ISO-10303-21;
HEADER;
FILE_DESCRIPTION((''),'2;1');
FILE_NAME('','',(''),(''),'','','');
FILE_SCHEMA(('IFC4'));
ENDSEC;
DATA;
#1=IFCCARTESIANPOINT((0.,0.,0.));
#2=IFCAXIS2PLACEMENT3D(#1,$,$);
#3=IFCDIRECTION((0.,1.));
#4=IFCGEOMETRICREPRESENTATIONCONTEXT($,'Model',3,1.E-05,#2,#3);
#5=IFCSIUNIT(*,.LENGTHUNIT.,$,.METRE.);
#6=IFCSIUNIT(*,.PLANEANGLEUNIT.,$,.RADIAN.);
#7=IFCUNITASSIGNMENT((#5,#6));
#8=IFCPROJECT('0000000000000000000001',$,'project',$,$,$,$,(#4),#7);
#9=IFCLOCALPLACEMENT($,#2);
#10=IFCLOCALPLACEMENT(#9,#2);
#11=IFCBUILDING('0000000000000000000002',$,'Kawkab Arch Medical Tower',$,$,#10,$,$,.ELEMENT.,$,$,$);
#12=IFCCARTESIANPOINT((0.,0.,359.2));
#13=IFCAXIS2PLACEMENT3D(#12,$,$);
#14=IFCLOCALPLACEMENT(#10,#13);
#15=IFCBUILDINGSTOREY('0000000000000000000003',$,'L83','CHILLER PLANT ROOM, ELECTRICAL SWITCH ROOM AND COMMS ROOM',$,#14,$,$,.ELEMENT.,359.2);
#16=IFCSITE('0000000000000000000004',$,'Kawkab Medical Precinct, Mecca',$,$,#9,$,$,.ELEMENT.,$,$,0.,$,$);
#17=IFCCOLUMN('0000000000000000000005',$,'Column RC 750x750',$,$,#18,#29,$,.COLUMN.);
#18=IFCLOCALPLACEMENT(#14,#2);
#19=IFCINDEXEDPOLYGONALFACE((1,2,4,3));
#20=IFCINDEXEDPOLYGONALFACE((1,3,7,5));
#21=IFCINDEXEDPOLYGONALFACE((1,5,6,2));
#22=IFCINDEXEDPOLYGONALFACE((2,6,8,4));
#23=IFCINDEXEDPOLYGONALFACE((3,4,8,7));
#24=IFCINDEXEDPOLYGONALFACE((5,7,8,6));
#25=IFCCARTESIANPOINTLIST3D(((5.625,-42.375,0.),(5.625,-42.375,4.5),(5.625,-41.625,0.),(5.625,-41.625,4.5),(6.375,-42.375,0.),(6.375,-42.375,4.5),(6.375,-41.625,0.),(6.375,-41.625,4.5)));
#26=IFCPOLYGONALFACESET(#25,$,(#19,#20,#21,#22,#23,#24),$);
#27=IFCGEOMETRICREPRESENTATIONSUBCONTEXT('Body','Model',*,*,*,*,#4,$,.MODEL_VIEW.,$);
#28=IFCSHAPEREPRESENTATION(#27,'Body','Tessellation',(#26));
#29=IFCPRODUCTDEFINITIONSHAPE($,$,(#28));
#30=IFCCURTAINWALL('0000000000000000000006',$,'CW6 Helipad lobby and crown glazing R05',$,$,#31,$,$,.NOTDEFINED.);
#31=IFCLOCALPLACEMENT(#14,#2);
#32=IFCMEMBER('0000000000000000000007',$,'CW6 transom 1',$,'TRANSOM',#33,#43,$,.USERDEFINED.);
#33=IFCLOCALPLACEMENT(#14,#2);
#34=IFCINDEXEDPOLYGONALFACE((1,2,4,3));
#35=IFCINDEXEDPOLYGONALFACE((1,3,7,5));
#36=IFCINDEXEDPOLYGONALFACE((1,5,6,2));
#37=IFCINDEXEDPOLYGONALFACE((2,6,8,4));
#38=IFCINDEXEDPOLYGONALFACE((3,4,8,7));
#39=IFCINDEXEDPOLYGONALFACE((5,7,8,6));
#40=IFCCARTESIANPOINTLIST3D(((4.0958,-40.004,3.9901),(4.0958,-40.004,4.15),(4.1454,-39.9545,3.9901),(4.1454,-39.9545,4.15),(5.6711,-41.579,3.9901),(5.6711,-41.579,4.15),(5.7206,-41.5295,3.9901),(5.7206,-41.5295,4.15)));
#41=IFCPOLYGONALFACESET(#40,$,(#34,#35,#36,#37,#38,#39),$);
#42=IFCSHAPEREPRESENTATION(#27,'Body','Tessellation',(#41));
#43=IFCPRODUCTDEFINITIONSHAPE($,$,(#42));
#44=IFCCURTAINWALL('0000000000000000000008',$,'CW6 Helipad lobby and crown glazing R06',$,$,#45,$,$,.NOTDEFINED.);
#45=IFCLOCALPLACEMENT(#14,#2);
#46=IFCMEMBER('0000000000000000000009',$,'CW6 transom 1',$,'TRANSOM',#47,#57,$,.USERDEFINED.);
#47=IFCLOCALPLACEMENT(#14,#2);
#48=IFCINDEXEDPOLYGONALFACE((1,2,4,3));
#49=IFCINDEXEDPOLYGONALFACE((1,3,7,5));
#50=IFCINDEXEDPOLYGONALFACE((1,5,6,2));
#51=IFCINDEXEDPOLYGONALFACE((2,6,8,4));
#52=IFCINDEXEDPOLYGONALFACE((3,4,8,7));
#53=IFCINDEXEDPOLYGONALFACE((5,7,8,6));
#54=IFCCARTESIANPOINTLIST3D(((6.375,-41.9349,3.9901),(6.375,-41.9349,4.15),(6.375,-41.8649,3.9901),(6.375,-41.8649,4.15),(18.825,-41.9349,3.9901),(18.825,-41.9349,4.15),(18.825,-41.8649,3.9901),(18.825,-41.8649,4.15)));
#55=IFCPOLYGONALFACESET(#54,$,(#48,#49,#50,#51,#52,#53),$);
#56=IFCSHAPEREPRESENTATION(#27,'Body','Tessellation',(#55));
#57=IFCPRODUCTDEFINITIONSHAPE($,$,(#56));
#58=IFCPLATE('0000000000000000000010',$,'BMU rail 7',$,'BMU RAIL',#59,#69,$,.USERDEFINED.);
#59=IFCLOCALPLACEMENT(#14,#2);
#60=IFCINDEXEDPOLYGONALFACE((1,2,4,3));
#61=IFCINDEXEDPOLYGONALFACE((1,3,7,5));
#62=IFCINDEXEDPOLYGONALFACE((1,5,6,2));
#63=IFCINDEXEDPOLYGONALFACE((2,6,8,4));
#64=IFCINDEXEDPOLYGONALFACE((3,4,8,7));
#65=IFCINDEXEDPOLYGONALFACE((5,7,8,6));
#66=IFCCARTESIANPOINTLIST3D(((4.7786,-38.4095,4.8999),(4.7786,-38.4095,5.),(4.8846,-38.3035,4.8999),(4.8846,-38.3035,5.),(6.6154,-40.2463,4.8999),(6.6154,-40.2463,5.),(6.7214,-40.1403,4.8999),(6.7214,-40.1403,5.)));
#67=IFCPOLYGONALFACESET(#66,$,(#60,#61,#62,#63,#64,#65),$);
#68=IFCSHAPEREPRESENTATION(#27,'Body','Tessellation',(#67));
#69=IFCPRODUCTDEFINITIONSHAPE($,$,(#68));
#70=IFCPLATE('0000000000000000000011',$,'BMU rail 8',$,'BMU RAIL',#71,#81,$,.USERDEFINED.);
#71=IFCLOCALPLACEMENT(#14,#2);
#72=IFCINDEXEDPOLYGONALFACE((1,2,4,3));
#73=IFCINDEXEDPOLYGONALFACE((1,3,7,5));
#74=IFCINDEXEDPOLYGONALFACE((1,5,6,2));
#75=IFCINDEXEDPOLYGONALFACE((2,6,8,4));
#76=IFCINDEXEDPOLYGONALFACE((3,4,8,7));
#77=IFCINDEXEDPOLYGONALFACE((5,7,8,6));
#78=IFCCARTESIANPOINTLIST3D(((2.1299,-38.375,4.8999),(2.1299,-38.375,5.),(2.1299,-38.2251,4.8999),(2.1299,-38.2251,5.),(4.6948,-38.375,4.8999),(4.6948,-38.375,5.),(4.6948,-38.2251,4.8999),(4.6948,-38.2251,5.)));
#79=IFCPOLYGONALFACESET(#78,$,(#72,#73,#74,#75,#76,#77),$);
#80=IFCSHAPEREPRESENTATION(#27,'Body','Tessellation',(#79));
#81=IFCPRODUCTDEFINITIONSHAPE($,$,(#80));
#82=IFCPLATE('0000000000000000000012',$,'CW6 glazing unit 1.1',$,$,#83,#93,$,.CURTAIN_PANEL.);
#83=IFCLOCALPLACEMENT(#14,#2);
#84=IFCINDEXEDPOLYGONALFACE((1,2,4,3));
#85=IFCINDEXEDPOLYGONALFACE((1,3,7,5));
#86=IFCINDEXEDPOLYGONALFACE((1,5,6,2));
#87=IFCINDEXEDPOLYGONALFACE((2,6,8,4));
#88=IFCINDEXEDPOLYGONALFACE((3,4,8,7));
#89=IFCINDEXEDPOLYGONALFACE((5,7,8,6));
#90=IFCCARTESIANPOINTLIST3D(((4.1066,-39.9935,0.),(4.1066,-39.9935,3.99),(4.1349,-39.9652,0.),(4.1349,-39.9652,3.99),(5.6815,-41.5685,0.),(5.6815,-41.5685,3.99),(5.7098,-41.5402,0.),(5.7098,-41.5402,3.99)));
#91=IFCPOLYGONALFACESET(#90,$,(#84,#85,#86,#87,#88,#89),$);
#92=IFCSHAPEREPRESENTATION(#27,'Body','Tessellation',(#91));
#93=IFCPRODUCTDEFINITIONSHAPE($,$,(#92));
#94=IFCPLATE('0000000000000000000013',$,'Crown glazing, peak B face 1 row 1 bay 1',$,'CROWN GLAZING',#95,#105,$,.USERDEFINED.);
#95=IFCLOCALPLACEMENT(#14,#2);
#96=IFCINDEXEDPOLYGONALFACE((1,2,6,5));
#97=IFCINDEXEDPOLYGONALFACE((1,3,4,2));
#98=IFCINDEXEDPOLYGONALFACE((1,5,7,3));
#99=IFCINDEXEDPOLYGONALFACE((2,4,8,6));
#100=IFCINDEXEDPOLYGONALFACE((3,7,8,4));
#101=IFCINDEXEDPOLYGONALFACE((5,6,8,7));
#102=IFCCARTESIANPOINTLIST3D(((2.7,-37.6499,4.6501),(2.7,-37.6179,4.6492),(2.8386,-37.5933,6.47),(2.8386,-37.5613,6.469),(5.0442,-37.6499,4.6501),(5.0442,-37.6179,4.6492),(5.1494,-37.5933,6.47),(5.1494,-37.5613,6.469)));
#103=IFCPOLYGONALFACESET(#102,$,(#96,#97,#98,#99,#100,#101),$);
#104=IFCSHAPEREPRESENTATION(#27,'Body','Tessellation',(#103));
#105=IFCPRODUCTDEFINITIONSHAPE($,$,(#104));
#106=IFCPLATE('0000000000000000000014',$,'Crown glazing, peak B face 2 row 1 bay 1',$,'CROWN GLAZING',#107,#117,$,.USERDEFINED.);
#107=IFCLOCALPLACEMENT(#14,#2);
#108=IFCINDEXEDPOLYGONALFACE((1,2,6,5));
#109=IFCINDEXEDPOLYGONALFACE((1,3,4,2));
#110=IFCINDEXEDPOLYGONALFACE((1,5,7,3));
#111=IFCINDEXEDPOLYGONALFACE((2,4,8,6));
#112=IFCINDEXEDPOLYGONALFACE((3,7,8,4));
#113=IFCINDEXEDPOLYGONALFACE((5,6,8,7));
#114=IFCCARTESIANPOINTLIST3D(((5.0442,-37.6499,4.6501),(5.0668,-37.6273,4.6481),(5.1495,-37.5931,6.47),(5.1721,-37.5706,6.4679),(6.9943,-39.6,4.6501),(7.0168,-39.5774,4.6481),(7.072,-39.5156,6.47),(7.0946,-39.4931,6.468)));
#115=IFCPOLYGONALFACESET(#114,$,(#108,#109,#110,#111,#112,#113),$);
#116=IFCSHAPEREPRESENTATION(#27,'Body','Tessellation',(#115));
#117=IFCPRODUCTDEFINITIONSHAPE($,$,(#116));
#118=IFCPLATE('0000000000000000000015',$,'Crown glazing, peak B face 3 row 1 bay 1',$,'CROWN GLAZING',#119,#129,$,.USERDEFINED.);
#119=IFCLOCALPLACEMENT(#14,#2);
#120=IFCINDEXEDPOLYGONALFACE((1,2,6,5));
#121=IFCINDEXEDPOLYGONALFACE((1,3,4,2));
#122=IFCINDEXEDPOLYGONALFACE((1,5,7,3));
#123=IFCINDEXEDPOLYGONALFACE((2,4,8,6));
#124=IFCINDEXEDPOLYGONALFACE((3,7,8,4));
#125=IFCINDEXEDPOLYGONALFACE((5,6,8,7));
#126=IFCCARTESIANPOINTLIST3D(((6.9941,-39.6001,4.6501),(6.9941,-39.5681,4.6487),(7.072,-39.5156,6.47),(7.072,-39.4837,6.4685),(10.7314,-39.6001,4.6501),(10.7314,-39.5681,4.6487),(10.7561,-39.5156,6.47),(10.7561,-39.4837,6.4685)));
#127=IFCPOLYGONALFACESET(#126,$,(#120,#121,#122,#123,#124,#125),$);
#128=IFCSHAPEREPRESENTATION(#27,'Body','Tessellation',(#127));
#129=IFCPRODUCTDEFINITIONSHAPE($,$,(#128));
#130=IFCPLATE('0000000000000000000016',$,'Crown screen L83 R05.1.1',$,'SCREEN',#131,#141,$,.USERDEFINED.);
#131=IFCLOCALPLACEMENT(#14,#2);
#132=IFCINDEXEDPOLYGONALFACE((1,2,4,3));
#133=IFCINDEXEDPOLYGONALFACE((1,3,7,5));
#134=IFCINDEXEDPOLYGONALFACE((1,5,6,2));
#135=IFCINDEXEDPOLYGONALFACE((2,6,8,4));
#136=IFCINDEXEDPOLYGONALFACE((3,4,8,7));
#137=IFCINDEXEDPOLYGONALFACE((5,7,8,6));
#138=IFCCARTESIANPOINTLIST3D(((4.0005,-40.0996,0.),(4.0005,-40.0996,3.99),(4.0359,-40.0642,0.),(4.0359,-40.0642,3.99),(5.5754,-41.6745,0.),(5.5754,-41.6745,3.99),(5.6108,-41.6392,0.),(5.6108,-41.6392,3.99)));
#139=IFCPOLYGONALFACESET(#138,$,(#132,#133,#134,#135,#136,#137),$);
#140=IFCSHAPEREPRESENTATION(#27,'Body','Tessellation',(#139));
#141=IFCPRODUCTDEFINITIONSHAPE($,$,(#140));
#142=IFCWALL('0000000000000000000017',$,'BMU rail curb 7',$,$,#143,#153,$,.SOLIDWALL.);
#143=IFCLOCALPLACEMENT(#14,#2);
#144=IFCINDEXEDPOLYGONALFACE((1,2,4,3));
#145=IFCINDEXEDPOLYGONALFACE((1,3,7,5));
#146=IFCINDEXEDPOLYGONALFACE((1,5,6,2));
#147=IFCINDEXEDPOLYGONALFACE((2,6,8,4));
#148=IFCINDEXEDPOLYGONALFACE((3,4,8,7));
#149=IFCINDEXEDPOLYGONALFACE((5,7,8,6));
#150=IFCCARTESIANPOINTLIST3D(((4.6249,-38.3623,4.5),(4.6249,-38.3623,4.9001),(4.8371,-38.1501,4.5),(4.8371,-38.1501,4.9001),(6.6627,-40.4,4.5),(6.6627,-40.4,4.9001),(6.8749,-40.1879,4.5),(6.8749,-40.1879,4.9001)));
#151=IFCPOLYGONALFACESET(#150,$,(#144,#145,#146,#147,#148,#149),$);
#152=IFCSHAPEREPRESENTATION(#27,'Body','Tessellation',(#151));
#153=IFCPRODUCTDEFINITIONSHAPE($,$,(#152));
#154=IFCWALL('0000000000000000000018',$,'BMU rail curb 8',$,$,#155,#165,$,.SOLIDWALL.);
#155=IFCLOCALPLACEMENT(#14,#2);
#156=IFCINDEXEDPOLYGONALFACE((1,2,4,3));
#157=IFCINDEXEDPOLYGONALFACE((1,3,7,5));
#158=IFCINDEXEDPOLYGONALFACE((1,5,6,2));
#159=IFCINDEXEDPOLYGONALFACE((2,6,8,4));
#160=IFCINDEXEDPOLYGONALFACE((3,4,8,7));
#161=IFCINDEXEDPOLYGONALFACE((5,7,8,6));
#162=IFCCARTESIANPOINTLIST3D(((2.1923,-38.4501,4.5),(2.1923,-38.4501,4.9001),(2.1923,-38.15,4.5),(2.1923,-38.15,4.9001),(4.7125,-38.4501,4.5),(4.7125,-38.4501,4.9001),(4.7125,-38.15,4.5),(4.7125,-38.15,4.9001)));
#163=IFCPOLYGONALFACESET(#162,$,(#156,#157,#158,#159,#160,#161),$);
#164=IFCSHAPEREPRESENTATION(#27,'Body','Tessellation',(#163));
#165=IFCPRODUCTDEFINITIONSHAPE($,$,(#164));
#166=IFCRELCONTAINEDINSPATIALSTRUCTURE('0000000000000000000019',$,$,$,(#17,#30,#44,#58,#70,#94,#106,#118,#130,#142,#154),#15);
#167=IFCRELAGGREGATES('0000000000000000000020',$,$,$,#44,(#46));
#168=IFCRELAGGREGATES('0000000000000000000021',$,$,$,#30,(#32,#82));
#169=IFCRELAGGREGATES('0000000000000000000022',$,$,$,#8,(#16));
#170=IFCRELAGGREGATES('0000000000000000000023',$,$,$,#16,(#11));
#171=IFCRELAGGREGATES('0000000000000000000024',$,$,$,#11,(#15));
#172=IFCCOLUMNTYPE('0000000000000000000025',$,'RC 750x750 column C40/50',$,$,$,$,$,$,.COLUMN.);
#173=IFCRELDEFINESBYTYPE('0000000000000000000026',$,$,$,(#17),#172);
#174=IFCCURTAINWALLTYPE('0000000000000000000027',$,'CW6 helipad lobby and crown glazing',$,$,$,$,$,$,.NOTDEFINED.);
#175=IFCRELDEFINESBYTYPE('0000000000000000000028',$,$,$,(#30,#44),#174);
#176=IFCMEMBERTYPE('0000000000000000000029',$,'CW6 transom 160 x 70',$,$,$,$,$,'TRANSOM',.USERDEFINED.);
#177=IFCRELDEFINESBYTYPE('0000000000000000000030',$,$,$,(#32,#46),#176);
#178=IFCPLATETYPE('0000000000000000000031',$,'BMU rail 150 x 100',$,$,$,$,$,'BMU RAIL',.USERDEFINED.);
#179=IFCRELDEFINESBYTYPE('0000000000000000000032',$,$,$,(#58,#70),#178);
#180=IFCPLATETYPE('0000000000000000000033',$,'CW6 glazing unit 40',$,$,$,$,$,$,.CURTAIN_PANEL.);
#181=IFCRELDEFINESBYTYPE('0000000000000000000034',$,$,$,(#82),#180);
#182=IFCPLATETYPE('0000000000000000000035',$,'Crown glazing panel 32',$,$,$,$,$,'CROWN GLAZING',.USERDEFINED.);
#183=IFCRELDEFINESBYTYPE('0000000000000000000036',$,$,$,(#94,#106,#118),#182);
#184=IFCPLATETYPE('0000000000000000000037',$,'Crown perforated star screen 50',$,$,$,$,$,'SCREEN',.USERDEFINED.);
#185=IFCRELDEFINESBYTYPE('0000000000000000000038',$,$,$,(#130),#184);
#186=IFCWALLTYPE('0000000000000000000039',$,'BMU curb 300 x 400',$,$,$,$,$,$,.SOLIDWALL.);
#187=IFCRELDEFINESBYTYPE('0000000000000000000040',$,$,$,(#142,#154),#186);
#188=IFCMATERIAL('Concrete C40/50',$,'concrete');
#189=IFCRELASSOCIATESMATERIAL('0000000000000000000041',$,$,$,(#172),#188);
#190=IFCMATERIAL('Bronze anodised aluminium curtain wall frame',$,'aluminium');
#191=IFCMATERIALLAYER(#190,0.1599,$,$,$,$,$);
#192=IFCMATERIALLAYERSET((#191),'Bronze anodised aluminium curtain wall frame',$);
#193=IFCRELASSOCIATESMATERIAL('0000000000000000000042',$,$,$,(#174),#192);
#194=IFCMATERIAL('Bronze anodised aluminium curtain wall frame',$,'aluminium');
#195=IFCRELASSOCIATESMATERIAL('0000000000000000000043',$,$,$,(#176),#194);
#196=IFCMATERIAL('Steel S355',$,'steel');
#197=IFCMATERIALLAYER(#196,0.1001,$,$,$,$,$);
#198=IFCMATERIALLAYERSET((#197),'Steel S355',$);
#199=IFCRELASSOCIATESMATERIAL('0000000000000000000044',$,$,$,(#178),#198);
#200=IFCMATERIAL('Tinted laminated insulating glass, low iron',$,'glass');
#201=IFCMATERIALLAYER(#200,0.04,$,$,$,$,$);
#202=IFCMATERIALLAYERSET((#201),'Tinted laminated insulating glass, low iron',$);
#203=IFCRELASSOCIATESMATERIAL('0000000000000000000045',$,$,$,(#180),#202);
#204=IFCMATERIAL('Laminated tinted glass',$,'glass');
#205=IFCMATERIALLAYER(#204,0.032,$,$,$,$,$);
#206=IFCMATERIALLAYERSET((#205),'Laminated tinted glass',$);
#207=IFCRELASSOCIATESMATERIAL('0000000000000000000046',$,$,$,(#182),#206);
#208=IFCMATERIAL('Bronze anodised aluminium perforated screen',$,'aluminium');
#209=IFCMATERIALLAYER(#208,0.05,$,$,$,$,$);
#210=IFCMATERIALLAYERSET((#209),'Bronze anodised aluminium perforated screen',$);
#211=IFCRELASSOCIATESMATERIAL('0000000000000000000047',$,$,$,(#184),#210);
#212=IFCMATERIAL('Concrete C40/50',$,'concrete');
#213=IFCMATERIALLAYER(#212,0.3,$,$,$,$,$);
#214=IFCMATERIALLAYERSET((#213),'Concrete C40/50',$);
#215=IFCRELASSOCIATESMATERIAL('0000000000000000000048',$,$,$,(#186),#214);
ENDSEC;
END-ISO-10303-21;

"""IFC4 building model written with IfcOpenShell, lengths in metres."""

from ifc_helpers import new_model, si_unit, direction, frame, frame_2d, origin, origin_2d, place, context, subcontext, project, spatial, polyline, rectangle, outline, extrude, material, layer, layer_set, material_profile, profile_set, type_object, element, aggregate, save


model = new_model("IFC4")

# Units and contexts
model_context = context("Model", 3, precision=1e-05, world=origin(), true_north=direction((0.0, 1.0)))
body_context = subcontext(model_context, "Body", "Model", "MODEL_VIEW")
ifc_project = project(units=[si_unit("LENGTHUNIT", "METRE"), si_unit("PLANEANGLEUNIT", "RADIAN")], contexts=[model_context])

# Site, building, storey
site_placement = place(None, origin())
site = spatial("IfcSite", under=ifc_project, at=site_placement, Name="Kawkab Medical Precinct, Mecca", CompositionType="ELEMENT", RefElevation=0.0)
building_placement = place(site_placement, origin())
building = spatial("IfcBuilding", under=site, at=building_placement, Name="Kawkab Arch Medical Tower", CompositionType="ELEMENT")
storey_placement = place(building_placement, frame((0.0, 0.0, 359.2)))
storey = spatial("IfcBuildingStorey", under=building, at=storey_placement, Name="L83", Description="CHILLER PLANT ROOM, ELECTRICAL SWITCH ROOM AND COMMS ROOM", CompositionType="ELEMENT", Elevation=359.2)

# Column
ifc_material_1 = material(Name="Concrete C40/50", Category="concrete")
ifc_material_profile_1 = material_profile(ifc_material_1, rectangle(XDim=0.75, YDim=0.75, at=origin_2d()), Name="RC 750x750")
ifc_profile_set_1 = profile_set([ifc_material_profile_1], Name="Concrete C40/50")
column_type = type_object("IfcColumnType", Name="RC 750x750 column C40/50", PredefinedType="COLUMN", material=ifc_profile_set_1)
column_placement = place(storey_placement, frame((6.0, -42.0, 0.0), z_axis=(0.0, 0.0, 1.0), x_axis=(1.0, 0.0, 0.0)))
element("IfcColumn", 1, at=column_placement, inside=storey, type_object=column_type, Name="Column RC 750x750", PredefinedType="COLUMN", context=body_context, shape_type="SweptSolid", body=[
    extrude(rectangle(XDim=0.75, YDim=0.75, at=origin_2d()), origin(), (0.0, 0.0, 1.0), 4.5),
])

# Curtain walls, members
ifc_material_2 = material(Name="Bronze anodised aluminium curtain wall frame", Category="aluminium")
ifc_layer_1 = layer(ifc_material_2, 0.1599)
ifc_layer_set_1 = layer_set([ifc_layer_1], Name="Bronze anodised aluminium curtain wall frame")
curtain_wall_type = type_object("IfcCurtainWallType", Name="CW6 helipad lobby and crown glazing", PredefinedType="NOTDEFINED", material=ifc_layer_set_1)
placement = place(storey_placement, origin())
curtain_wall_1 = element("IfcCurtainWall", 2, at=placement, inside=storey, type_object=curtain_wall_type, Name="CW6 Helipad lobby and crown glazing R05", PredefinedType="NOTDEFINED")
ifc_material_3 = material(Name="Bronze anodised aluminium curtain wall frame", Category="aluminium")
ifc_material_profile_2 = material_profile(ifc_material_3, rectangle(XDim=0.0701, YDim=0.1599, at=origin_2d()), Name="AL 70x160")
ifc_profile_set_2 = profile_set([ifc_material_profile_2], Name="Bronze anodised aluminium curtain wall frame")
member_type = type_object("IfcMemberType", Name="CW6 transom 160 x 70", ElementType="TRANSOM", PredefinedType="USERDEFINED", material=ifc_profile_set_2)
member_1_placement = place(storey_placement, frame((4.1206, -39.9792, 4.0701), z_axis=(0.707162, -0.707052, 0.0), x_axis=(0.707052, 0.707162, 0.0)))
member_1 = element("IfcMember", 3, at=member_1_placement, type_object=member_type, Name="CW6 transom 1", ObjectType="TRANSOM", PredefinedType="USERDEFINED", context=body_context, shape_type="SweptSolid", body=[
    extrude(rectangle(XDim=0.0701, YDim=0.1599, at=origin_2d()), origin(), (0.0, 0.0, 1.0), 2.2275),
])
curtain_wall_2 = element("IfcCurtainWall", 4, at=placement, inside=storey, type_object=curtain_wall_type, Name="CW6 Helipad lobby and crown glazing R06", PredefinedType="NOTDEFINED")
member_2_placement = place(storey_placement, frame((6.375, -41.8999, 4.0701), z_axis=(1.0, 0.0, 0.0), x_axis=(0.0, 1.0, 0.0)))
member_2 = element("IfcMember", 5, at=member_2_placement, type_object=member_type, Name="CW6 transom 1", ObjectType="TRANSOM", PredefinedType="USERDEFINED", context=body_context, shape_type="SweptSolid", body=[
    extrude(rectangle(XDim=0.0701, YDim=0.1599, at=origin_2d()), origin(), (0.0, 0.0, 1.0), 12.45),
])
aggregate(curtain_wall_2, [member_2])

# Plates
ifc_material_4 = material(Name="Steel S355", Category="steel")
ifc_layer_2 = layer(ifc_material_4, 0.1001)
ifc_layer_set_2 = layer_set([ifc_layer_2], Name="Steel S355")
plate_type_1 = type_object("IfcPlateType", Name="BMU rail 150 x 100", ElementType="BMU RAIL", PredefinedType="USERDEFINED", material=ifc_layer_set_2)
plate_1_placement = place(storey_placement, frame((5.75, -39.2749, 4.8999), z_axis=(0.0, 0.0, 1.0), x_axis=(-0.707107, 0.707107, 0.0)))
element("IfcPlate", 6, at=plate_1_placement, inside=storey, type_object=plate_type_1, Name="BMU rail 7", ObjectType="BMU RAIL", PredefinedType="USERDEFINED", context=body_context, shape_type="SweptSolid", body=[
    extrude(rectangle(XDim=2.5977, YDim=0.1499, at=origin_2d()), origin(), (0.0, 0.0, 1.0), 0.1001),
])
plate_2_placement = place(storey_placement, frame((3.4124, -38.3, 4.8999), z_axis=(0.0, 0.0, 1.0), x_axis=(-1.0, 0.0, 0.0)))
element("IfcPlate", 7, at=plate_2_placement, inside=storey, type_object=plate_type_1, Name="BMU rail 8", ObjectType="BMU RAIL", PredefinedType="USERDEFINED", context=body_context, shape_type="SweptSolid", body=[
    extrude(rectangle(XDim=2.5649, YDim=0.1499, at=origin_2d()), origin(), (0.0, 0.0, 1.0), 0.1001),
])

# Plate
ifc_material_5 = material(Name="Tinted laminated insulating glass, low iron", Category="glass")
ifc_layer_3 = layer(ifc_material_5, 0.04)
ifc_layer_set_3 = layer_set([ifc_layer_3], Name="Tinted laminated insulating glass, low iron")
plate_type_2 = type_object("IfcPlateType", Name="CW6 glazing unit 40", PredefinedType="CURTAIN_PANEL", material=ifc_layer_set_3)
plate_3_placement = place(storey_placement, frame((4.9082, -40.7668, 0.0), z_axis=(0.0, 0.0, 1.0), x_axis=(0.707107, -0.707107, 0.0)))
plate_3 = element("IfcPlate", 8, at=plate_3_placement, type_object=plate_type_2, Name="CW6 glazing unit 1.1", PredefinedType="CURTAIN_PANEL", context=body_context, shape_type="SweptSolid", body=[
    extrude(rectangle(XDim=2.2273, YDim=0.04, at=origin_2d()), origin(), (0.0, 0.0, 1.0), 3.99),
])
aggregate(curtain_wall_1, [member_1, plate_3])

# Plates
ifc_material_6 = material(Name="Laminated tinted glass", Category="glass")
ifc_layer_4 = layer(ifc_material_6, 0.032)
ifc_layer_set_4 = layer_set([ifc_layer_4], Name="Laminated tinted glass")
plate_type_3 = type_object("IfcPlateType", Name="Crown glazing panel 32", ElementType="CROWN GLAZING", PredefinedType="USERDEFINED", material=ifc_layer_set_4)
plate_4_placement = place(storey_placement, frame((2.7, -37.6499, 4.6501), z_axis=(0.0, -0.999516, 0.031109), x_axis=(1.0, 0.0, 0.0)))
element("IfcPlate", 9, at=plate_4_placement, inside=storey, type_object=plate_type_3, Name="Crown glazing, peak B face 1 row 1 bay 1", ObjectType="CROWN GLAZING", PredefinedType="USERDEFINED", context=body_context, shape_type="SweptSolid", body=[
    extrude(outline(polyline([(0.0, 0.0), (2.3442, 0.0), (2.4495, 1.8207), (0.1387, 1.8207), (0.0, 0.0)])), origin(), (0.0, 0.0, -1.0), 0.032),
])
plate_5_placement = place(storey_placement, frame((5.0442, -37.6499, 4.6501), z_axis=(-0.705708, -0.705708, 0.062864), x_axis=(0.707107, -0.707107, -0.000004)))
element("IfcPlate", 10, at=plate_5_placement, inside=storey, type_object=plate_type_3, Name="Crown glazing, peak B face 2 row 1 bay 1", ObjectType="CROWN GLAZING", PredefinedType="USERDEFINED", context=body_context, shape_type="SweptSolid", body=[
    extrude(outline(polyline([(0.0, 0.0), (2.7578, 0.0), (2.7532, 1.8234), (0.0343, 1.8234), (0.0, 0.0)])), origin(), (0.0, 0.0, -1.0), 0.032),
])
plate_6_placement = place(storey_placement, frame((6.9941, -39.6001, 4.6501), z_axis=(0.0, -0.998924, 0.046368), x_axis=(1.0, 0.0, 0.0)))
element("IfcPlate", 11, at=plate_6_placement, inside=storey, type_object=plate_type_3, Name="Crown glazing, peak B face 3 row 1 bay 1", ObjectType="CROWN GLAZING", PredefinedType="USERDEFINED", context=body_context, shape_type="SweptSolid", body=[
    extrude(outline(polyline([(0.0, 0.0), (3.7373, 0.0), (3.762, 1.8218), (0.0779, 1.8218), (0.0, 0.0)])), origin(), (0.0, 0.0, -1.0), 0.032),
])
ifc_material_7 = material(Name="Bronze anodised aluminium perforated screen", Category="aluminium")
ifc_layer_5 = layer(ifc_material_7, 0.05)
ifc_layer_set_5 = layer_set([ifc_layer_5], Name="Bronze anodised aluminium perforated screen")
plate_type_4 = type_object("IfcPlateType", Name="Crown perforated star screen 50", ElementType="SCREEN", PredefinedType="USERDEFINED", material=ifc_layer_set_5)
plate_7_placement = place(storey_placement, frame((4.8057, -40.8694, 0.0), z_axis=(0.0, 0.0, 1.0), x_axis=(0.707107, -0.707107, 0.0)))
element("IfcPlate", 12, at=plate_7_placement, inside=storey, type_object=plate_type_4, Name="Crown screen L83 R05.1.1", ObjectType="SCREEN", PredefinedType="USERDEFINED", context=body_context, shape_type="SweptSolid", body=[
    extrude(rectangle(XDim=2.2273, YDim=0.05, at=origin_2d()), origin(), (0.0, 0.0, 1.0), 3.99),
])

# Walls
ifc_material_8 = material(Name="Concrete C40/50", Category="concrete")
ifc_layer_6 = layer(ifc_material_8, 0.3)
ifc_layer_set_6 = layer_set([ifc_layer_6], Name="Concrete C40/50")
wall_type_1 = type_object("IfcWallType", Name="BMU curb 300 x 400", PredefinedType="SOLIDWALL", material=ifc_layer_set_6)
wall_1_placement = place(storey_placement, frame((6.7688, -40.2939, 4.5), z_axis=(0.0, 0.0, 1.0), x_axis=(-0.707107, 0.707107, 0.0)))
element("IfcWall", 13, at=wall_1_placement, inside=storey, type_object=wall_type_1, Name="BMU rail curb 7", PredefinedType="SOLIDWALL", context=body_context, shape_type="SweptSolid", body=[
    extrude(rectangle(XDim=2.8818, YDim=0.3, at=frame_2d((1.4409, 0.0))), origin(), (0.0, 0.0, 1.0), 0.4001),
])
wall_2_placement = place(storey_placement, frame((4.7126, -38.3, 4.5), z_axis=(0.0, 0.0, 1.0), x_axis=(-1.0, 0.0, 0.0)))
element("IfcWall", 14, at=wall_2_placement, inside=storey, type_object=wall_type_1, Name="BMU rail curb 8", PredefinedType="SOLIDWALL", context=body_context, shape_type="SweptSolid", body=[
    extrude(rectangle(XDim=2.5203, YDim=0.3, at=frame_2d((1.2603, 0.0))), origin(), (0.0, 0.0, 1.0), 0.4001),
])

save(model, "model.ifc")
